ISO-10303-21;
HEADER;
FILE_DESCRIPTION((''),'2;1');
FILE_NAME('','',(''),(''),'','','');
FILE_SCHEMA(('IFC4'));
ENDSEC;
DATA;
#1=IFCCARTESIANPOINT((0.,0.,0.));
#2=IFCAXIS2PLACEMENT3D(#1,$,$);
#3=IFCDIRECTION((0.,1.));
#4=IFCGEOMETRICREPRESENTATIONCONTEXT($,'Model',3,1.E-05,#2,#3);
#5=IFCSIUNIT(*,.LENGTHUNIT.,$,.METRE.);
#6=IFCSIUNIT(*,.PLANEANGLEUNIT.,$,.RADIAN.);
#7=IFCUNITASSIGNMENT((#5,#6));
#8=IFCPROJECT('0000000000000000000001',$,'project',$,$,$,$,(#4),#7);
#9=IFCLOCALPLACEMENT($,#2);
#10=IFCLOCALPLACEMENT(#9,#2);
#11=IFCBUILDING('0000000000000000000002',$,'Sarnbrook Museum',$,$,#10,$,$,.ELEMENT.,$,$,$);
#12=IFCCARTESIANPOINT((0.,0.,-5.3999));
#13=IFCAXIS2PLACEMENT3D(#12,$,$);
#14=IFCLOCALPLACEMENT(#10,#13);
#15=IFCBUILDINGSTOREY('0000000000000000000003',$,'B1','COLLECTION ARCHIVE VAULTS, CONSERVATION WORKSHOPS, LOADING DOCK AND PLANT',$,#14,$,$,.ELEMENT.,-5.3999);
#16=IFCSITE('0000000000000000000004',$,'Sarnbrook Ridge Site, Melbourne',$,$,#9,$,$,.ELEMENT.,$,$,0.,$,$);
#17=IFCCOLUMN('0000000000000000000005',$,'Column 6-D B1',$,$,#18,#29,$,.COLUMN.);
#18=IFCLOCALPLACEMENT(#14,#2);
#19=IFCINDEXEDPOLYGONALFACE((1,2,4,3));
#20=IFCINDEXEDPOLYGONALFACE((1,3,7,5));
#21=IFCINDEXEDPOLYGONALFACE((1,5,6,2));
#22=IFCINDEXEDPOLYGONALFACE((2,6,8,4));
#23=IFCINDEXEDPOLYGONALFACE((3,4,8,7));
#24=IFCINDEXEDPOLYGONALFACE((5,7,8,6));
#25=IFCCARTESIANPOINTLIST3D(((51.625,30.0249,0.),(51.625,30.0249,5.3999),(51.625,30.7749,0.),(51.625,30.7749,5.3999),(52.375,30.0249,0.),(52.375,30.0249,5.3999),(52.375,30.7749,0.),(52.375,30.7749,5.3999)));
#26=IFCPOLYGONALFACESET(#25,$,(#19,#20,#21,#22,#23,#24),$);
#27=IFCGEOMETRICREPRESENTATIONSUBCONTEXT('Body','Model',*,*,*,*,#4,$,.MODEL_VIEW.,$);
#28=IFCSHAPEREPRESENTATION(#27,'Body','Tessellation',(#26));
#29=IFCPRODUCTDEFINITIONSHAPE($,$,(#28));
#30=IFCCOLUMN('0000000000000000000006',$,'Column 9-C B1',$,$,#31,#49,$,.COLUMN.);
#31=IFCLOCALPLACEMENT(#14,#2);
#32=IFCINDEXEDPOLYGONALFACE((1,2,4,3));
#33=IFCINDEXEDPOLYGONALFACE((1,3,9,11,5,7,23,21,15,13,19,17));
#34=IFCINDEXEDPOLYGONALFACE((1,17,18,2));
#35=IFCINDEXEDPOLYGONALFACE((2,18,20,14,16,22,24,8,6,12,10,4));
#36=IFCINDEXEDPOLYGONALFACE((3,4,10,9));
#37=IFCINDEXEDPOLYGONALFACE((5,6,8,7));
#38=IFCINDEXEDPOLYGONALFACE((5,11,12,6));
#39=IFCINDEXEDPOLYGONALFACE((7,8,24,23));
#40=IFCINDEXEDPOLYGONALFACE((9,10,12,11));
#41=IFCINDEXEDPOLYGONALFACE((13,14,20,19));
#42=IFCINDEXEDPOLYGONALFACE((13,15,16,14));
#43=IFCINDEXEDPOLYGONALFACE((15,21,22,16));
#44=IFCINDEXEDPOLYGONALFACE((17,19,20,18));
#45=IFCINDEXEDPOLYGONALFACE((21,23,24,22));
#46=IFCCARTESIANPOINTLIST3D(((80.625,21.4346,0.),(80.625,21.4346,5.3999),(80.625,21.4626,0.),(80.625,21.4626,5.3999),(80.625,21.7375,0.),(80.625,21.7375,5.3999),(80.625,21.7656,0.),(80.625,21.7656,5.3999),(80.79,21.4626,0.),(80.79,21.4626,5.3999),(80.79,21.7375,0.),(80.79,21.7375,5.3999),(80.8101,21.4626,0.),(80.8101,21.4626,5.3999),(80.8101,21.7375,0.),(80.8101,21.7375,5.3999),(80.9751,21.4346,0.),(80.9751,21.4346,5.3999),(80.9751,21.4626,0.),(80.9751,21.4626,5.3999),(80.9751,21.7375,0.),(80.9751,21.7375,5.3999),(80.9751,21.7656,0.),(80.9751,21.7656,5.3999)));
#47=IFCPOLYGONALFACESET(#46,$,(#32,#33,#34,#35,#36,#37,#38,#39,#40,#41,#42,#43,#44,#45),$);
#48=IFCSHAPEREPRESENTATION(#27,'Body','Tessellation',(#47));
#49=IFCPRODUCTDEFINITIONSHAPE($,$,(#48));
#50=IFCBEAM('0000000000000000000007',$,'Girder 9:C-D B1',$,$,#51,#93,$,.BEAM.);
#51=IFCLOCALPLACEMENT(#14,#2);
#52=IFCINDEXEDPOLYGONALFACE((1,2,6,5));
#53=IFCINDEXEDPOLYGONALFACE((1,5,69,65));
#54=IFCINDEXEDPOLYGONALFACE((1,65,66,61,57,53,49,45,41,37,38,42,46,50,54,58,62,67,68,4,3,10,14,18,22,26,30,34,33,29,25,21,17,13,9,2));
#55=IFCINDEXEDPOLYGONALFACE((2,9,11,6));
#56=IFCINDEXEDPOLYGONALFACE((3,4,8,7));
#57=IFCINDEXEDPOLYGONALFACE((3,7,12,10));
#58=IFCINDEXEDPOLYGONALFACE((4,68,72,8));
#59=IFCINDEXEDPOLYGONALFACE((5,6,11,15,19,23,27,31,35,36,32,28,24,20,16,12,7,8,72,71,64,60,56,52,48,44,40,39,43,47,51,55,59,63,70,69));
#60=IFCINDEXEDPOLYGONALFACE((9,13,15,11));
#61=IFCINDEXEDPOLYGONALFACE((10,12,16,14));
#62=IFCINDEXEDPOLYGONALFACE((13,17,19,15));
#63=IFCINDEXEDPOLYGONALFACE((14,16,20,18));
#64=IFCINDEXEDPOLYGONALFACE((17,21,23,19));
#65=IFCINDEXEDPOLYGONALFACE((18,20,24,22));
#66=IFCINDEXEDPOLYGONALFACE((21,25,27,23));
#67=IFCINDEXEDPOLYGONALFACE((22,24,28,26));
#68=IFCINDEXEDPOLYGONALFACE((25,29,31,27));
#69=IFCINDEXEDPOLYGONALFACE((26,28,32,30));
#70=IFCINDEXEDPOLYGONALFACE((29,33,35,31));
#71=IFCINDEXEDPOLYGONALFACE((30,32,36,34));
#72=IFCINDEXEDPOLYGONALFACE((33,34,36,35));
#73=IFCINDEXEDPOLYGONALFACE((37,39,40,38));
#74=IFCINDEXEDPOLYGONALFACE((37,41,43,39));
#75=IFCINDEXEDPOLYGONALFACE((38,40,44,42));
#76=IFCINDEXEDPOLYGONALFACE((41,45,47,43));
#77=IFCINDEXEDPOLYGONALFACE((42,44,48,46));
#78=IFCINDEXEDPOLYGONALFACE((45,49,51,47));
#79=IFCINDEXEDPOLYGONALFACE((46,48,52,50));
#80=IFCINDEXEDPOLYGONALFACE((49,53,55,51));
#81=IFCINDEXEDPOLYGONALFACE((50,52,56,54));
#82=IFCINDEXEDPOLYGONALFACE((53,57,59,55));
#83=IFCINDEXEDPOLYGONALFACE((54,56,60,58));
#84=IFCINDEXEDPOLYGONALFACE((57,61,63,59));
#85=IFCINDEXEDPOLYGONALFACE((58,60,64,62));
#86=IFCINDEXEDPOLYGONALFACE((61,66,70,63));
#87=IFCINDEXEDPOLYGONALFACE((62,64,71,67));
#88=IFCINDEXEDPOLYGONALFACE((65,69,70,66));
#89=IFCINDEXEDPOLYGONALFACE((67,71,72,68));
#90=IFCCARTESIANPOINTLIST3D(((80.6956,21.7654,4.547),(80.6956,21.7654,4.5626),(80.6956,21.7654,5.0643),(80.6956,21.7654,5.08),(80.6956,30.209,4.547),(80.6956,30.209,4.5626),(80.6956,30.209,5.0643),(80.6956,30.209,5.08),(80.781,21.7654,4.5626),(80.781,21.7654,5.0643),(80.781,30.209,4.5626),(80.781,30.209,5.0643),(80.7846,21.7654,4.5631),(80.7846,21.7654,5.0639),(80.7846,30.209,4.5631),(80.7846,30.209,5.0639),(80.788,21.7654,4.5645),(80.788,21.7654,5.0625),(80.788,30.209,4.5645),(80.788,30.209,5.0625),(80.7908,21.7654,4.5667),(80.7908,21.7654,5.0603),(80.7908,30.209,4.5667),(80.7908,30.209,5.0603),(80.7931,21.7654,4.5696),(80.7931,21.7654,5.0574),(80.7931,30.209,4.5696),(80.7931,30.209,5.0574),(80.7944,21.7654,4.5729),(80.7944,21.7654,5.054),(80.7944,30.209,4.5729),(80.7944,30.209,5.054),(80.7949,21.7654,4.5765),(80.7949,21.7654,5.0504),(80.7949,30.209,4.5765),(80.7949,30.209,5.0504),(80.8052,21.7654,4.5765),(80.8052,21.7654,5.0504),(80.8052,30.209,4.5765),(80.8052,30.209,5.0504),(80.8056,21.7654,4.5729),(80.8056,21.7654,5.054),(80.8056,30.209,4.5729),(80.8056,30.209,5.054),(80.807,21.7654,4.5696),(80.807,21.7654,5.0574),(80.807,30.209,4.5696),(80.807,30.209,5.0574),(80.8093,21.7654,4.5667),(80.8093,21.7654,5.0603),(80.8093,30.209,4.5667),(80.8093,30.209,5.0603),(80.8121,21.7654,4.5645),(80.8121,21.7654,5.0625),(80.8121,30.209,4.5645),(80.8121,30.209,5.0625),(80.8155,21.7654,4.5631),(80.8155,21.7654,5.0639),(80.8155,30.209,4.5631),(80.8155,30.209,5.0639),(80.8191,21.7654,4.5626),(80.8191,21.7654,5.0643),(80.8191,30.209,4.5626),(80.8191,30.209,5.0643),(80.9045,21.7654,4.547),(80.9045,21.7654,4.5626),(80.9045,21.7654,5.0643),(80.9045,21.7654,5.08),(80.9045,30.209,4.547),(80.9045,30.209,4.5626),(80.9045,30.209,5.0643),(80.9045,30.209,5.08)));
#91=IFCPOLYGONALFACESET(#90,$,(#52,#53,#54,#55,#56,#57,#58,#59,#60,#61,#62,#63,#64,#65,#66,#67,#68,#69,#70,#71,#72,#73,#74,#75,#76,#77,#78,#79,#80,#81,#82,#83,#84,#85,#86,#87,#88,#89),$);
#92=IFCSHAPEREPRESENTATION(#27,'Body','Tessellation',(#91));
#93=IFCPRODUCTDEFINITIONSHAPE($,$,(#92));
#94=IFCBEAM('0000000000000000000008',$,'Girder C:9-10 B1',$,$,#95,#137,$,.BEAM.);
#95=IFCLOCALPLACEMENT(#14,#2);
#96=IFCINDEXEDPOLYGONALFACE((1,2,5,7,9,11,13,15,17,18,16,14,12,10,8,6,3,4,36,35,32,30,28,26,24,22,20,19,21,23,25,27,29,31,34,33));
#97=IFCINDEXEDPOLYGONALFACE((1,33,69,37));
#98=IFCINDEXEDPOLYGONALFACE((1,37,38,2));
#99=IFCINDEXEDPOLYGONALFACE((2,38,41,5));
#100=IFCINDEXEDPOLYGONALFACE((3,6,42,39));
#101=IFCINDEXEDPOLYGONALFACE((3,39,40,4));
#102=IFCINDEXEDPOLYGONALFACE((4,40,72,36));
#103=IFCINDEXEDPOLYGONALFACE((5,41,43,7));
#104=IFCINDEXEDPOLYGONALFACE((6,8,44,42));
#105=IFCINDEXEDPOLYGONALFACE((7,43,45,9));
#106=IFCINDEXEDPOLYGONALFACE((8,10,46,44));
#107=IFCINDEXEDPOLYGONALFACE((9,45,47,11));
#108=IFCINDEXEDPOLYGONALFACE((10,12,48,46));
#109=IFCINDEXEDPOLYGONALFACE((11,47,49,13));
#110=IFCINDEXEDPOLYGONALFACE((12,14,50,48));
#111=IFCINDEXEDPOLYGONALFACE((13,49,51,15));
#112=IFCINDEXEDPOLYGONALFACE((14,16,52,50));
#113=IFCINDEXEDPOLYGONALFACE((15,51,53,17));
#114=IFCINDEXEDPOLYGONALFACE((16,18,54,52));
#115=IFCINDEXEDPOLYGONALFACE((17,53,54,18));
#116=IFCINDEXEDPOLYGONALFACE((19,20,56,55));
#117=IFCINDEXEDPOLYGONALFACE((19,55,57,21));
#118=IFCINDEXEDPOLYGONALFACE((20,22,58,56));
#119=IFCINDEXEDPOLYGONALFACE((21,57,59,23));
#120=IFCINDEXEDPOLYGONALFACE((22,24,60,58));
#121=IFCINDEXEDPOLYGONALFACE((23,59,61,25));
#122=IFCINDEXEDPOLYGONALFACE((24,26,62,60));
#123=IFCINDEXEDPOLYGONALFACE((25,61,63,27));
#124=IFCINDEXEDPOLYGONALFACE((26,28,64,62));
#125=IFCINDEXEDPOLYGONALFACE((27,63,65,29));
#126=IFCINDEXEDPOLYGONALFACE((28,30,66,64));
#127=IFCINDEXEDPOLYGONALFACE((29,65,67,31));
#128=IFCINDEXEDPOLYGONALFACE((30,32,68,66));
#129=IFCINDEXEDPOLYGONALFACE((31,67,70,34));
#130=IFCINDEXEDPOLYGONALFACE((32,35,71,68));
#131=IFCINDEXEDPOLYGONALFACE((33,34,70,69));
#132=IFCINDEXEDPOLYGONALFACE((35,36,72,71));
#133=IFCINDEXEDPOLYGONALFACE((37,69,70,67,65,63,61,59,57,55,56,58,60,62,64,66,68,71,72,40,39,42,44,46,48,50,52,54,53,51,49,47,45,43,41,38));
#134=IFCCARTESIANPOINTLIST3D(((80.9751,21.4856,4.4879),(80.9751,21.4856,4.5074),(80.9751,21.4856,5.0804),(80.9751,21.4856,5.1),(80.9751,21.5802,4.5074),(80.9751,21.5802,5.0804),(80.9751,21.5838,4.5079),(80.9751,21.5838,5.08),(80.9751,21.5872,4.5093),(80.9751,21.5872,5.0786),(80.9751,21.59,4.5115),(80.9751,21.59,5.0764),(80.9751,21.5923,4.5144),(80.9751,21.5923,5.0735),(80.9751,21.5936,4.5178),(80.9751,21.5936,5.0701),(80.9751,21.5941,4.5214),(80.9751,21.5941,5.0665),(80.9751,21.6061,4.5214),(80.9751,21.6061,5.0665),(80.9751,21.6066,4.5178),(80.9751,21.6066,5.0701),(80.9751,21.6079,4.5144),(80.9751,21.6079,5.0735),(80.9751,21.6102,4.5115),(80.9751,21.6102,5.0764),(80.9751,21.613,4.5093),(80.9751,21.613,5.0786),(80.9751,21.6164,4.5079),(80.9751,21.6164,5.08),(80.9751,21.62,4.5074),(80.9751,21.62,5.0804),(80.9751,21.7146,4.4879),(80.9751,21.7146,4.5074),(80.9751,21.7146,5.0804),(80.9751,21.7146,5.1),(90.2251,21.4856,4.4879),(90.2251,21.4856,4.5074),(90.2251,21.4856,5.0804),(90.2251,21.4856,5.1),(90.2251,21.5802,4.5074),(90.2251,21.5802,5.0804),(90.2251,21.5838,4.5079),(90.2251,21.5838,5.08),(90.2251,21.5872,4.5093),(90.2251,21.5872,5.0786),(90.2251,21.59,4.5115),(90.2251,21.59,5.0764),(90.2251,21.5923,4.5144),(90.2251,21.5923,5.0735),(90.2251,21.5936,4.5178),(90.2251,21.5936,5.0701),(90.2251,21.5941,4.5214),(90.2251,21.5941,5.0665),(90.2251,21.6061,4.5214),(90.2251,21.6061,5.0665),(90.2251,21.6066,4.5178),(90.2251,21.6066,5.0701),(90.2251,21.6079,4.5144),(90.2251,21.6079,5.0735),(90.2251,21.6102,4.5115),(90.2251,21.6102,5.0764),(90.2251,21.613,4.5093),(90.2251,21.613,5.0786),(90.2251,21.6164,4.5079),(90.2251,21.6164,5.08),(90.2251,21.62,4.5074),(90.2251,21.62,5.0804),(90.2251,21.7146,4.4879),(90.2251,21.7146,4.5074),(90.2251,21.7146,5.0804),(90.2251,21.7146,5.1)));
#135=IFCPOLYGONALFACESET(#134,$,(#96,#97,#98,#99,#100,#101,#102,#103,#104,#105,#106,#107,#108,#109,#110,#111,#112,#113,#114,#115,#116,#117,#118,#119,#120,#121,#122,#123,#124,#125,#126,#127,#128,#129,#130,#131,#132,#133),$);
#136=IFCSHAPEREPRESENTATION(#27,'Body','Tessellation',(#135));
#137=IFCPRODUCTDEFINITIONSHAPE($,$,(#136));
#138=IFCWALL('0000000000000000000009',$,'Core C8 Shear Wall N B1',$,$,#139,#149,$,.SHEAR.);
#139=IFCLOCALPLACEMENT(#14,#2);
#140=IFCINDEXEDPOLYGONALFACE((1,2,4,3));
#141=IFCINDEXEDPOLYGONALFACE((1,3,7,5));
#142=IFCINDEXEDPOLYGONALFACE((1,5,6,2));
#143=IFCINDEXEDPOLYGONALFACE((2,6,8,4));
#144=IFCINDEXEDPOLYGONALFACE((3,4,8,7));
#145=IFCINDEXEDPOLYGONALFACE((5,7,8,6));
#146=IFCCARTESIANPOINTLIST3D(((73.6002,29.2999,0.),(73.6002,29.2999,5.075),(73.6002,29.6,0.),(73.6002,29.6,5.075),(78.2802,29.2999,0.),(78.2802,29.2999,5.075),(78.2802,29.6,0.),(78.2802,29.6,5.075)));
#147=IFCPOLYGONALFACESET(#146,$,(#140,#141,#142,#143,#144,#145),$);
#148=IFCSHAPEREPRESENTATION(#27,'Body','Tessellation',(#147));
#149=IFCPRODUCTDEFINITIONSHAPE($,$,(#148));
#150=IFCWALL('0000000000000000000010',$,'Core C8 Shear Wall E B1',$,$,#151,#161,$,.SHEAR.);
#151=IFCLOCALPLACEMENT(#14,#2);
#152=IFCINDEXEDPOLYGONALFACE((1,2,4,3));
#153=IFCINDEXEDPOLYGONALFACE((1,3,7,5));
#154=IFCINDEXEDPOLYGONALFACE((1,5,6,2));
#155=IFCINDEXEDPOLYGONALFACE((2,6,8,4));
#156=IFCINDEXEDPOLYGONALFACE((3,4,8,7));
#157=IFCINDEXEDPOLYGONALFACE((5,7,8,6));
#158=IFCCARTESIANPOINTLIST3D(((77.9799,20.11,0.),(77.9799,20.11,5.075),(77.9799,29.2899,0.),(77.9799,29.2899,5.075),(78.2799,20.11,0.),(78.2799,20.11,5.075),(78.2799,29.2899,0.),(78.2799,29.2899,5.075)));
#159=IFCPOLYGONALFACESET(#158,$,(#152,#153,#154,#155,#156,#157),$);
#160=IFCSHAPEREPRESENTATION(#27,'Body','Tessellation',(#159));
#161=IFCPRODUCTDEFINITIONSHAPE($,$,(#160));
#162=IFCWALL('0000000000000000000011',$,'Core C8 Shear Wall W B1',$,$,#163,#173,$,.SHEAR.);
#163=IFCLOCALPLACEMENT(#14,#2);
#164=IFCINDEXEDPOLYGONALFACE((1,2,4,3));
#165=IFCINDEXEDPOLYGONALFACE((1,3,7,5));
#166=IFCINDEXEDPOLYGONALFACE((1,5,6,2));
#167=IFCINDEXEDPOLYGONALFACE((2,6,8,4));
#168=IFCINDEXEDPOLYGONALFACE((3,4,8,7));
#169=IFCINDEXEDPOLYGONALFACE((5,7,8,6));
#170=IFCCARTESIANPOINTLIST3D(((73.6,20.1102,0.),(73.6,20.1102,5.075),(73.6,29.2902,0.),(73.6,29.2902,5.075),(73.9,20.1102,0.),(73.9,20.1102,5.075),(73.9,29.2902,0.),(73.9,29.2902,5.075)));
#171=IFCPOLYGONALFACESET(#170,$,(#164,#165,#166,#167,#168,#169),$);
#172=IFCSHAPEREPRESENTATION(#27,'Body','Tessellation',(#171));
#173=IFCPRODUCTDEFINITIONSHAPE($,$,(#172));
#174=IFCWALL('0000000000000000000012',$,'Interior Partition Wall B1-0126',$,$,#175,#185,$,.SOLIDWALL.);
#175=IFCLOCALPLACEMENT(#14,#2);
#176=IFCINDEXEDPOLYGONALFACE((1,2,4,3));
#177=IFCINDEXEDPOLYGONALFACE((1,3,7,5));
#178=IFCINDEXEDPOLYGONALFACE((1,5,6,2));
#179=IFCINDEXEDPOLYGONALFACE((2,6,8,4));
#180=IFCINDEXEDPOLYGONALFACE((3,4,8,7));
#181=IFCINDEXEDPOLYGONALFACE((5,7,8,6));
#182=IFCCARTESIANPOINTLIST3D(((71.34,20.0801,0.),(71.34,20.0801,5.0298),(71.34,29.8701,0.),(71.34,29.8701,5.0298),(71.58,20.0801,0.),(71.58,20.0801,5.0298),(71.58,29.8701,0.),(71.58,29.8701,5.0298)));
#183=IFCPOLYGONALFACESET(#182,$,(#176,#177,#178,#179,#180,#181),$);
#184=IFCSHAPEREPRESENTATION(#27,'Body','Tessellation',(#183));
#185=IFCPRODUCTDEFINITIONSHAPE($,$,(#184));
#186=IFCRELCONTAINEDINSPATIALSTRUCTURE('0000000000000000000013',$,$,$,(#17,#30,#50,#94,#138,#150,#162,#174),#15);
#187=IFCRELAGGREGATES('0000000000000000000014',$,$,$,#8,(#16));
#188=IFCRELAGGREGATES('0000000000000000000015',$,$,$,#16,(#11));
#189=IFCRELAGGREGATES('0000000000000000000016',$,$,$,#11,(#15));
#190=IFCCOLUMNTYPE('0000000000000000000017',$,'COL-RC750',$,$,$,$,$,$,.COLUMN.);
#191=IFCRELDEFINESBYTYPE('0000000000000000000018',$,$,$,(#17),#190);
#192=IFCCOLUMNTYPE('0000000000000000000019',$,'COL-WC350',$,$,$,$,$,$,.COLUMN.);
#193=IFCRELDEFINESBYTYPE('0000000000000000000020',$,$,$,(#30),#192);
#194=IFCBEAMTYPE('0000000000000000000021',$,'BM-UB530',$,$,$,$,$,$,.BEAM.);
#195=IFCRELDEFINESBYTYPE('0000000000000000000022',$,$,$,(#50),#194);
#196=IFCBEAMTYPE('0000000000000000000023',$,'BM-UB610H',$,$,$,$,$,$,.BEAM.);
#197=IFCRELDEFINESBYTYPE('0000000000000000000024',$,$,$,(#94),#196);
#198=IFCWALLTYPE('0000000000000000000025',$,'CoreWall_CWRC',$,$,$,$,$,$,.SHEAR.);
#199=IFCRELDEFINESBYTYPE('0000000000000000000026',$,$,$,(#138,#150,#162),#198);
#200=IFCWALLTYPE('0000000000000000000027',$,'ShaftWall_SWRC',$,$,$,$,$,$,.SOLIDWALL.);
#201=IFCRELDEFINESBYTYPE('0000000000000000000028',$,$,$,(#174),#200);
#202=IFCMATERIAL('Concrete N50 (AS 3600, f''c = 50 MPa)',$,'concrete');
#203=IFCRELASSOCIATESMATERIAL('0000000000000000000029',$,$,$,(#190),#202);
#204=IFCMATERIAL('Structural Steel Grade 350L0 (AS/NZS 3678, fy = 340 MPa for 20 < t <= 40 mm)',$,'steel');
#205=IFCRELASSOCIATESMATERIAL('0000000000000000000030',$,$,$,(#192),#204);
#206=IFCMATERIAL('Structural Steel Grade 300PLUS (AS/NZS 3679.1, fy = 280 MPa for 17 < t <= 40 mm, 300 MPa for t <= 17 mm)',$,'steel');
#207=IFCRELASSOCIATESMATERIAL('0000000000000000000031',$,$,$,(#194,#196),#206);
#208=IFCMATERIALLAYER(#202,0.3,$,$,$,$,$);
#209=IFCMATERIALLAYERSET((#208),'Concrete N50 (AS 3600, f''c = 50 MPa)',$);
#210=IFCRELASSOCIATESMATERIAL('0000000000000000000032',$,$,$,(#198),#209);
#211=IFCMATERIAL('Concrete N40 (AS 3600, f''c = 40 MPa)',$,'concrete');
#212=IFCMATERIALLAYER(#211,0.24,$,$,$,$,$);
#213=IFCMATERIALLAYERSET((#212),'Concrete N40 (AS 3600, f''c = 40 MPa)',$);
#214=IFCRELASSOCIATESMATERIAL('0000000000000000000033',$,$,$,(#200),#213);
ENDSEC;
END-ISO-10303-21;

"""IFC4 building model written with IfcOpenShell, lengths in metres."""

from ifc_helpers import new_model, si_unit, direction, frame, frame_2d, origin, origin_2d, place, context, subcontext, project, spatial, rectangle, i_section, extrude, material, layer, layer_set, material_profile, profile_set, type_object, element, save


model = new_model("IFC4")

# Units and contexts
model_context = context("Model", 3, precision=1e-05, world=origin(), true_north=direction((0.0, 1.0)))
body_context = subcontext(model_context, "Body", "Model", "MODEL_VIEW")
ifc_project = project(units=[si_unit("LENGTHUNIT", "METRE"), si_unit("PLANEANGLEUNIT", "RADIAN")], contexts=[model_context])

# Site, building, storey
site_placement = place(None, origin())
site = spatial("IfcSite", under=ifc_project, at=site_placement, Name="Sarnbrook Ridge Site, Melbourne", CompositionType="ELEMENT", RefElevation=0.0)
building_placement = place(site_placement, origin())
building = spatial("IfcBuilding", under=site, at=building_placement, Name="Sarnbrook Museum", CompositionType="ELEMENT")
storey_placement = place(building_placement, frame((0.0, 0.0, -5.3999)))
storey = spatial("IfcBuildingStorey", under=building, at=storey_placement, Name="B1", Description="COLLECTION ARCHIVE VAULTS, CONSERVATION WORKSHOPS, LOADING DOCK AND PLANT", CompositionType="ELEMENT", Elevation=-5.3999)

# Shared definitions
ifc_material_1 = material(Name="Concrete N50 (AS 3600, f'c = 50 MPa)", Category="concrete")

# Shared definitions
ifc_material_2 = material(Name="Concrete N40 (AS 3600, f'c = 40 MPa)", Category="concrete")

# Columns
ifc_material_profile_1 = material_profile(ifc_material_1, rectangle(XDim=0.75, YDim=0.75, at=origin_2d()), Name="RC 750x750")
ifc_profile_set_1 = profile_set([ifc_material_profile_1], Name="Concrete N50 (AS 3600, f'c = 50 MPa)")
column_type_1 = type_object("IfcColumnType", Name="COL-RC750", PredefinedType="COLUMN", material=ifc_profile_set_1)
column_1_placement = place(storey_placement, frame((52.0, 30.3999, 0.0), z_axis=(0.0, 0.0, 1.0), x_axis=(1.0, 0.0, 0.0)))
element("IfcColumn", 1, at=column_1_placement, inside=storey, type_object=column_type_1, Name="Column 6-D B1", PredefinedType="COLUMN", context=body_context, shape_type="SweptSolid", body=[
    extrude(rectangle(XDim=0.75, YDim=0.75, at=origin_2d()), origin(), (0.0, 0.0, 1.0), 5.3999),
])
ifc_material_3 = material(Name="Structural Steel Grade 350L0 (AS/NZS 3678, fy = 340 MPa for 20 < t <= 40 mm)", Category="steel")
ifc_material_profile_2 = material_profile(ifc_material_3, i_section(OverallWidth=0.3501, OverallDepth=0.3311, WebThickness=0.02, FlangeThickness=0.0281, at=origin_2d()), Name="350WC197")
ifc_profile_set_2 = profile_set([ifc_material_profile_2], Name="Structural Steel Grade 350L0 (AS/NZS 3678, fy = 340 MPa for 20 < t <= 40 mm)")
column_type_2 = type_object("IfcColumnType", Name="COL-WC350", PredefinedType="COLUMN", material=ifc_profile_set_2)
column_2_placement = place(storey_placement, frame((80.8, 21.6001, 0.0), z_axis=(0.0, 0.0, 1.0), x_axis=(1.0, 0.0, 0.0)))
element("IfcColumn", 2, at=column_2_placement, inside=storey, type_object=column_type_2, Name="Column 9-C B1", PredefinedType="COLUMN", context=body_context, shape_type="SweptSolid", body=[
    extrude(i_section(OverallWidth=0.3501, OverallDepth=0.3311, WebThickness=0.02, FlangeThickness=0.0281, at=origin_2d()), origin(), (0.0, 0.0, 1.0), 5.3999),
])

# Beams
ifc_material_4 = material(Name="Structural Steel Grade 300PLUS (AS/NZS 3679.1, fy = 280 MPa for 17 < t <= 40 mm, 300 MPa for t <= 17 mm)", Category="steel")
ifc_material_profile_3 = material_profile(ifc_material_4, i_section(OverallWidth=0.209, OverallDepth=0.533, WebThickness=0.0103, FlangeThickness=0.0156, FilletRadius=0.0139, at=origin_2d()), Name="530UB92.4")
ifc_profile_set_3 = profile_set([ifc_material_profile_3], Name="Structural Steel Grade 300PLUS (AS/NZS 3679.1, fy = 280 MPa for 17 < t <= 40 mm, 300 MPa for t <= 17 mm)")
beam_type_1 = type_object("IfcBeamType", Name="BM-UB530", PredefinedType="BEAM", material=ifc_profile_set_3)
beam_1_placement = place(storey_placement, frame((80.8, 21.7654, 4.8135), z_axis=(0.0, 1.0, 0.0), x_axis=(-1.0, 0.0, 0.0)))
element("IfcBeam", 3, at=beam_1_placement, inside=storey, type_object=beam_type_1, Name="Girder 9:C-D B1", PredefinedType="BEAM", context=body_context, shape_type="SweptSolid", body=[
    extrude(i_section(OverallWidth=0.209, OverallDepth=0.533, WebThickness=0.0103, FlangeThickness=0.0156, FilletRadius=0.0139, at=origin_2d()), origin(), (0.0, 0.0, 1.0), 8.4436),
])
ifc_material_profile_4 = material_profile(ifc_material_4, i_section(OverallWidth=0.229, OverallDepth=0.6121, WebThickness=0.012, FlangeThickness=0.0195, FilletRadius=0.0139, at=origin_2d()), Name="610UB125")
ifc_profile_set_4 = profile_set([ifc_material_profile_4], Name="Structural Steel Grade 300PLUS (AS/NZS 3679.1, fy = 280 MPa for 17 < t <= 40 mm, 300 MPa for t <= 17 mm)")
beam_type_2 = type_object("IfcBeamType", Name="BM-UB610H", PredefinedType="BEAM", material=ifc_profile_set_4)
beam_2_placement = place(storey_placement, frame((80.9751, 21.6001, 4.7939), z_axis=(1.0, 0.0, 0.0), x_axis=(0.0, 1.0, 0.0)))
element("IfcBeam", 4, at=beam_2_placement, inside=storey, type_object=beam_type_2, Name="Girder C:9-10 B1", PredefinedType="BEAM", context=body_context, shape_type="SweptSolid", body=[
    extrude(i_section(OverallWidth=0.229, OverallDepth=0.6121, WebThickness=0.012, FlangeThickness=0.0195, FilletRadius=0.0139, at=origin_2d()), origin(), (0.0, 0.0, 1.0), 9.25),
])

# Walls
ifc_layer_1 = layer(ifc_material_1, 0.3)
ifc_layer_set_1 = layer_set([ifc_layer_1], Name="Concrete N50 (AS 3600, f'c = 50 MPa)")
wall_type_1 = type_object("IfcWallType", Name="CoreWall_CWRC", PredefinedType="SHEAR", material=ifc_layer_set_1)
wall_1_placement = place(storey_placement, frame((78.28, 29.45, 0.0), z_axis=(0.0, 0.0, 1.0), x_axis=(-1.0, 0.0, 0.0)))
element("IfcWall", 5, at=wall_1_placement, inside=storey, type_object=wall_type_1, Name="Core C8 Shear Wall N B1", PredefinedType="SHEAR", context=body_context, shape_type="SweptSolid", body=[
    extrude(rectangle(XDim=4.6799, YDim=0.3, at=frame_2d((2.3398, 0.0))), origin(), (0.0, 0.0, 1.0), 5.075),
])
for number, where, z_axis, x_axis, name in (
    (6, (78.1299, 20.1101, 0.0), (0.0, 0.0, 1.0), (0.0, 1.0, 0.0), "Core C8 Shear Wall E B1"),
    (7, (73.75, 29.29, 0.0), (0.0, 0.0, 1.0), (0.0, -1.0, 0.0), "Core C8 Shear Wall W B1"),
):
    element("IfcWall", number, at=place(storey_placement, frame(where, z_axis=z_axis, x_axis=x_axis)), inside=storey, type_object=wall_type_1, Name=name, PredefinedType="SHEAR", context=body_context, shape_type="SweptSolid", body=[
        extrude(rectangle(XDim=9.1799, YDim=0.3, at=frame_2d((4.5898, 0.0))), origin(), (0.0, 0.0, 1.0), 5.075),
    ])
ifc_layer_2 = layer(ifc_material_2, 0.24)
ifc_layer_set_2 = layer_set([ifc_layer_2], Name="Concrete N40 (AS 3600, f'c = 40 MPa)")
wall_type_2 = type_object("IfcWallType", Name="ShaftWall_SWRC", PredefinedType="SOLIDWALL", material=ifc_layer_set_2)
wall_2_placement = place(storey_placement, frame((71.46, 29.8701, 0.0), z_axis=(0.0, 0.0, 1.0), x_axis=(0.0, -1.0, 0.0)))
element("IfcWall", 8, at=wall_2_placement, inside=storey, type_object=wall_type_2, Name="Interior Partition Wall B1-0126", PredefinedType="SOLIDWALL", context=body_context, shape_type="SweptSolid", body=[
    extrude(rectangle(XDim=9.79, YDim=0.24, at=frame_2d((4.895, 0.0))), origin(), (0.0, 0.0, 1.0), 5.0298),
])

save(model, "model.ifc")
